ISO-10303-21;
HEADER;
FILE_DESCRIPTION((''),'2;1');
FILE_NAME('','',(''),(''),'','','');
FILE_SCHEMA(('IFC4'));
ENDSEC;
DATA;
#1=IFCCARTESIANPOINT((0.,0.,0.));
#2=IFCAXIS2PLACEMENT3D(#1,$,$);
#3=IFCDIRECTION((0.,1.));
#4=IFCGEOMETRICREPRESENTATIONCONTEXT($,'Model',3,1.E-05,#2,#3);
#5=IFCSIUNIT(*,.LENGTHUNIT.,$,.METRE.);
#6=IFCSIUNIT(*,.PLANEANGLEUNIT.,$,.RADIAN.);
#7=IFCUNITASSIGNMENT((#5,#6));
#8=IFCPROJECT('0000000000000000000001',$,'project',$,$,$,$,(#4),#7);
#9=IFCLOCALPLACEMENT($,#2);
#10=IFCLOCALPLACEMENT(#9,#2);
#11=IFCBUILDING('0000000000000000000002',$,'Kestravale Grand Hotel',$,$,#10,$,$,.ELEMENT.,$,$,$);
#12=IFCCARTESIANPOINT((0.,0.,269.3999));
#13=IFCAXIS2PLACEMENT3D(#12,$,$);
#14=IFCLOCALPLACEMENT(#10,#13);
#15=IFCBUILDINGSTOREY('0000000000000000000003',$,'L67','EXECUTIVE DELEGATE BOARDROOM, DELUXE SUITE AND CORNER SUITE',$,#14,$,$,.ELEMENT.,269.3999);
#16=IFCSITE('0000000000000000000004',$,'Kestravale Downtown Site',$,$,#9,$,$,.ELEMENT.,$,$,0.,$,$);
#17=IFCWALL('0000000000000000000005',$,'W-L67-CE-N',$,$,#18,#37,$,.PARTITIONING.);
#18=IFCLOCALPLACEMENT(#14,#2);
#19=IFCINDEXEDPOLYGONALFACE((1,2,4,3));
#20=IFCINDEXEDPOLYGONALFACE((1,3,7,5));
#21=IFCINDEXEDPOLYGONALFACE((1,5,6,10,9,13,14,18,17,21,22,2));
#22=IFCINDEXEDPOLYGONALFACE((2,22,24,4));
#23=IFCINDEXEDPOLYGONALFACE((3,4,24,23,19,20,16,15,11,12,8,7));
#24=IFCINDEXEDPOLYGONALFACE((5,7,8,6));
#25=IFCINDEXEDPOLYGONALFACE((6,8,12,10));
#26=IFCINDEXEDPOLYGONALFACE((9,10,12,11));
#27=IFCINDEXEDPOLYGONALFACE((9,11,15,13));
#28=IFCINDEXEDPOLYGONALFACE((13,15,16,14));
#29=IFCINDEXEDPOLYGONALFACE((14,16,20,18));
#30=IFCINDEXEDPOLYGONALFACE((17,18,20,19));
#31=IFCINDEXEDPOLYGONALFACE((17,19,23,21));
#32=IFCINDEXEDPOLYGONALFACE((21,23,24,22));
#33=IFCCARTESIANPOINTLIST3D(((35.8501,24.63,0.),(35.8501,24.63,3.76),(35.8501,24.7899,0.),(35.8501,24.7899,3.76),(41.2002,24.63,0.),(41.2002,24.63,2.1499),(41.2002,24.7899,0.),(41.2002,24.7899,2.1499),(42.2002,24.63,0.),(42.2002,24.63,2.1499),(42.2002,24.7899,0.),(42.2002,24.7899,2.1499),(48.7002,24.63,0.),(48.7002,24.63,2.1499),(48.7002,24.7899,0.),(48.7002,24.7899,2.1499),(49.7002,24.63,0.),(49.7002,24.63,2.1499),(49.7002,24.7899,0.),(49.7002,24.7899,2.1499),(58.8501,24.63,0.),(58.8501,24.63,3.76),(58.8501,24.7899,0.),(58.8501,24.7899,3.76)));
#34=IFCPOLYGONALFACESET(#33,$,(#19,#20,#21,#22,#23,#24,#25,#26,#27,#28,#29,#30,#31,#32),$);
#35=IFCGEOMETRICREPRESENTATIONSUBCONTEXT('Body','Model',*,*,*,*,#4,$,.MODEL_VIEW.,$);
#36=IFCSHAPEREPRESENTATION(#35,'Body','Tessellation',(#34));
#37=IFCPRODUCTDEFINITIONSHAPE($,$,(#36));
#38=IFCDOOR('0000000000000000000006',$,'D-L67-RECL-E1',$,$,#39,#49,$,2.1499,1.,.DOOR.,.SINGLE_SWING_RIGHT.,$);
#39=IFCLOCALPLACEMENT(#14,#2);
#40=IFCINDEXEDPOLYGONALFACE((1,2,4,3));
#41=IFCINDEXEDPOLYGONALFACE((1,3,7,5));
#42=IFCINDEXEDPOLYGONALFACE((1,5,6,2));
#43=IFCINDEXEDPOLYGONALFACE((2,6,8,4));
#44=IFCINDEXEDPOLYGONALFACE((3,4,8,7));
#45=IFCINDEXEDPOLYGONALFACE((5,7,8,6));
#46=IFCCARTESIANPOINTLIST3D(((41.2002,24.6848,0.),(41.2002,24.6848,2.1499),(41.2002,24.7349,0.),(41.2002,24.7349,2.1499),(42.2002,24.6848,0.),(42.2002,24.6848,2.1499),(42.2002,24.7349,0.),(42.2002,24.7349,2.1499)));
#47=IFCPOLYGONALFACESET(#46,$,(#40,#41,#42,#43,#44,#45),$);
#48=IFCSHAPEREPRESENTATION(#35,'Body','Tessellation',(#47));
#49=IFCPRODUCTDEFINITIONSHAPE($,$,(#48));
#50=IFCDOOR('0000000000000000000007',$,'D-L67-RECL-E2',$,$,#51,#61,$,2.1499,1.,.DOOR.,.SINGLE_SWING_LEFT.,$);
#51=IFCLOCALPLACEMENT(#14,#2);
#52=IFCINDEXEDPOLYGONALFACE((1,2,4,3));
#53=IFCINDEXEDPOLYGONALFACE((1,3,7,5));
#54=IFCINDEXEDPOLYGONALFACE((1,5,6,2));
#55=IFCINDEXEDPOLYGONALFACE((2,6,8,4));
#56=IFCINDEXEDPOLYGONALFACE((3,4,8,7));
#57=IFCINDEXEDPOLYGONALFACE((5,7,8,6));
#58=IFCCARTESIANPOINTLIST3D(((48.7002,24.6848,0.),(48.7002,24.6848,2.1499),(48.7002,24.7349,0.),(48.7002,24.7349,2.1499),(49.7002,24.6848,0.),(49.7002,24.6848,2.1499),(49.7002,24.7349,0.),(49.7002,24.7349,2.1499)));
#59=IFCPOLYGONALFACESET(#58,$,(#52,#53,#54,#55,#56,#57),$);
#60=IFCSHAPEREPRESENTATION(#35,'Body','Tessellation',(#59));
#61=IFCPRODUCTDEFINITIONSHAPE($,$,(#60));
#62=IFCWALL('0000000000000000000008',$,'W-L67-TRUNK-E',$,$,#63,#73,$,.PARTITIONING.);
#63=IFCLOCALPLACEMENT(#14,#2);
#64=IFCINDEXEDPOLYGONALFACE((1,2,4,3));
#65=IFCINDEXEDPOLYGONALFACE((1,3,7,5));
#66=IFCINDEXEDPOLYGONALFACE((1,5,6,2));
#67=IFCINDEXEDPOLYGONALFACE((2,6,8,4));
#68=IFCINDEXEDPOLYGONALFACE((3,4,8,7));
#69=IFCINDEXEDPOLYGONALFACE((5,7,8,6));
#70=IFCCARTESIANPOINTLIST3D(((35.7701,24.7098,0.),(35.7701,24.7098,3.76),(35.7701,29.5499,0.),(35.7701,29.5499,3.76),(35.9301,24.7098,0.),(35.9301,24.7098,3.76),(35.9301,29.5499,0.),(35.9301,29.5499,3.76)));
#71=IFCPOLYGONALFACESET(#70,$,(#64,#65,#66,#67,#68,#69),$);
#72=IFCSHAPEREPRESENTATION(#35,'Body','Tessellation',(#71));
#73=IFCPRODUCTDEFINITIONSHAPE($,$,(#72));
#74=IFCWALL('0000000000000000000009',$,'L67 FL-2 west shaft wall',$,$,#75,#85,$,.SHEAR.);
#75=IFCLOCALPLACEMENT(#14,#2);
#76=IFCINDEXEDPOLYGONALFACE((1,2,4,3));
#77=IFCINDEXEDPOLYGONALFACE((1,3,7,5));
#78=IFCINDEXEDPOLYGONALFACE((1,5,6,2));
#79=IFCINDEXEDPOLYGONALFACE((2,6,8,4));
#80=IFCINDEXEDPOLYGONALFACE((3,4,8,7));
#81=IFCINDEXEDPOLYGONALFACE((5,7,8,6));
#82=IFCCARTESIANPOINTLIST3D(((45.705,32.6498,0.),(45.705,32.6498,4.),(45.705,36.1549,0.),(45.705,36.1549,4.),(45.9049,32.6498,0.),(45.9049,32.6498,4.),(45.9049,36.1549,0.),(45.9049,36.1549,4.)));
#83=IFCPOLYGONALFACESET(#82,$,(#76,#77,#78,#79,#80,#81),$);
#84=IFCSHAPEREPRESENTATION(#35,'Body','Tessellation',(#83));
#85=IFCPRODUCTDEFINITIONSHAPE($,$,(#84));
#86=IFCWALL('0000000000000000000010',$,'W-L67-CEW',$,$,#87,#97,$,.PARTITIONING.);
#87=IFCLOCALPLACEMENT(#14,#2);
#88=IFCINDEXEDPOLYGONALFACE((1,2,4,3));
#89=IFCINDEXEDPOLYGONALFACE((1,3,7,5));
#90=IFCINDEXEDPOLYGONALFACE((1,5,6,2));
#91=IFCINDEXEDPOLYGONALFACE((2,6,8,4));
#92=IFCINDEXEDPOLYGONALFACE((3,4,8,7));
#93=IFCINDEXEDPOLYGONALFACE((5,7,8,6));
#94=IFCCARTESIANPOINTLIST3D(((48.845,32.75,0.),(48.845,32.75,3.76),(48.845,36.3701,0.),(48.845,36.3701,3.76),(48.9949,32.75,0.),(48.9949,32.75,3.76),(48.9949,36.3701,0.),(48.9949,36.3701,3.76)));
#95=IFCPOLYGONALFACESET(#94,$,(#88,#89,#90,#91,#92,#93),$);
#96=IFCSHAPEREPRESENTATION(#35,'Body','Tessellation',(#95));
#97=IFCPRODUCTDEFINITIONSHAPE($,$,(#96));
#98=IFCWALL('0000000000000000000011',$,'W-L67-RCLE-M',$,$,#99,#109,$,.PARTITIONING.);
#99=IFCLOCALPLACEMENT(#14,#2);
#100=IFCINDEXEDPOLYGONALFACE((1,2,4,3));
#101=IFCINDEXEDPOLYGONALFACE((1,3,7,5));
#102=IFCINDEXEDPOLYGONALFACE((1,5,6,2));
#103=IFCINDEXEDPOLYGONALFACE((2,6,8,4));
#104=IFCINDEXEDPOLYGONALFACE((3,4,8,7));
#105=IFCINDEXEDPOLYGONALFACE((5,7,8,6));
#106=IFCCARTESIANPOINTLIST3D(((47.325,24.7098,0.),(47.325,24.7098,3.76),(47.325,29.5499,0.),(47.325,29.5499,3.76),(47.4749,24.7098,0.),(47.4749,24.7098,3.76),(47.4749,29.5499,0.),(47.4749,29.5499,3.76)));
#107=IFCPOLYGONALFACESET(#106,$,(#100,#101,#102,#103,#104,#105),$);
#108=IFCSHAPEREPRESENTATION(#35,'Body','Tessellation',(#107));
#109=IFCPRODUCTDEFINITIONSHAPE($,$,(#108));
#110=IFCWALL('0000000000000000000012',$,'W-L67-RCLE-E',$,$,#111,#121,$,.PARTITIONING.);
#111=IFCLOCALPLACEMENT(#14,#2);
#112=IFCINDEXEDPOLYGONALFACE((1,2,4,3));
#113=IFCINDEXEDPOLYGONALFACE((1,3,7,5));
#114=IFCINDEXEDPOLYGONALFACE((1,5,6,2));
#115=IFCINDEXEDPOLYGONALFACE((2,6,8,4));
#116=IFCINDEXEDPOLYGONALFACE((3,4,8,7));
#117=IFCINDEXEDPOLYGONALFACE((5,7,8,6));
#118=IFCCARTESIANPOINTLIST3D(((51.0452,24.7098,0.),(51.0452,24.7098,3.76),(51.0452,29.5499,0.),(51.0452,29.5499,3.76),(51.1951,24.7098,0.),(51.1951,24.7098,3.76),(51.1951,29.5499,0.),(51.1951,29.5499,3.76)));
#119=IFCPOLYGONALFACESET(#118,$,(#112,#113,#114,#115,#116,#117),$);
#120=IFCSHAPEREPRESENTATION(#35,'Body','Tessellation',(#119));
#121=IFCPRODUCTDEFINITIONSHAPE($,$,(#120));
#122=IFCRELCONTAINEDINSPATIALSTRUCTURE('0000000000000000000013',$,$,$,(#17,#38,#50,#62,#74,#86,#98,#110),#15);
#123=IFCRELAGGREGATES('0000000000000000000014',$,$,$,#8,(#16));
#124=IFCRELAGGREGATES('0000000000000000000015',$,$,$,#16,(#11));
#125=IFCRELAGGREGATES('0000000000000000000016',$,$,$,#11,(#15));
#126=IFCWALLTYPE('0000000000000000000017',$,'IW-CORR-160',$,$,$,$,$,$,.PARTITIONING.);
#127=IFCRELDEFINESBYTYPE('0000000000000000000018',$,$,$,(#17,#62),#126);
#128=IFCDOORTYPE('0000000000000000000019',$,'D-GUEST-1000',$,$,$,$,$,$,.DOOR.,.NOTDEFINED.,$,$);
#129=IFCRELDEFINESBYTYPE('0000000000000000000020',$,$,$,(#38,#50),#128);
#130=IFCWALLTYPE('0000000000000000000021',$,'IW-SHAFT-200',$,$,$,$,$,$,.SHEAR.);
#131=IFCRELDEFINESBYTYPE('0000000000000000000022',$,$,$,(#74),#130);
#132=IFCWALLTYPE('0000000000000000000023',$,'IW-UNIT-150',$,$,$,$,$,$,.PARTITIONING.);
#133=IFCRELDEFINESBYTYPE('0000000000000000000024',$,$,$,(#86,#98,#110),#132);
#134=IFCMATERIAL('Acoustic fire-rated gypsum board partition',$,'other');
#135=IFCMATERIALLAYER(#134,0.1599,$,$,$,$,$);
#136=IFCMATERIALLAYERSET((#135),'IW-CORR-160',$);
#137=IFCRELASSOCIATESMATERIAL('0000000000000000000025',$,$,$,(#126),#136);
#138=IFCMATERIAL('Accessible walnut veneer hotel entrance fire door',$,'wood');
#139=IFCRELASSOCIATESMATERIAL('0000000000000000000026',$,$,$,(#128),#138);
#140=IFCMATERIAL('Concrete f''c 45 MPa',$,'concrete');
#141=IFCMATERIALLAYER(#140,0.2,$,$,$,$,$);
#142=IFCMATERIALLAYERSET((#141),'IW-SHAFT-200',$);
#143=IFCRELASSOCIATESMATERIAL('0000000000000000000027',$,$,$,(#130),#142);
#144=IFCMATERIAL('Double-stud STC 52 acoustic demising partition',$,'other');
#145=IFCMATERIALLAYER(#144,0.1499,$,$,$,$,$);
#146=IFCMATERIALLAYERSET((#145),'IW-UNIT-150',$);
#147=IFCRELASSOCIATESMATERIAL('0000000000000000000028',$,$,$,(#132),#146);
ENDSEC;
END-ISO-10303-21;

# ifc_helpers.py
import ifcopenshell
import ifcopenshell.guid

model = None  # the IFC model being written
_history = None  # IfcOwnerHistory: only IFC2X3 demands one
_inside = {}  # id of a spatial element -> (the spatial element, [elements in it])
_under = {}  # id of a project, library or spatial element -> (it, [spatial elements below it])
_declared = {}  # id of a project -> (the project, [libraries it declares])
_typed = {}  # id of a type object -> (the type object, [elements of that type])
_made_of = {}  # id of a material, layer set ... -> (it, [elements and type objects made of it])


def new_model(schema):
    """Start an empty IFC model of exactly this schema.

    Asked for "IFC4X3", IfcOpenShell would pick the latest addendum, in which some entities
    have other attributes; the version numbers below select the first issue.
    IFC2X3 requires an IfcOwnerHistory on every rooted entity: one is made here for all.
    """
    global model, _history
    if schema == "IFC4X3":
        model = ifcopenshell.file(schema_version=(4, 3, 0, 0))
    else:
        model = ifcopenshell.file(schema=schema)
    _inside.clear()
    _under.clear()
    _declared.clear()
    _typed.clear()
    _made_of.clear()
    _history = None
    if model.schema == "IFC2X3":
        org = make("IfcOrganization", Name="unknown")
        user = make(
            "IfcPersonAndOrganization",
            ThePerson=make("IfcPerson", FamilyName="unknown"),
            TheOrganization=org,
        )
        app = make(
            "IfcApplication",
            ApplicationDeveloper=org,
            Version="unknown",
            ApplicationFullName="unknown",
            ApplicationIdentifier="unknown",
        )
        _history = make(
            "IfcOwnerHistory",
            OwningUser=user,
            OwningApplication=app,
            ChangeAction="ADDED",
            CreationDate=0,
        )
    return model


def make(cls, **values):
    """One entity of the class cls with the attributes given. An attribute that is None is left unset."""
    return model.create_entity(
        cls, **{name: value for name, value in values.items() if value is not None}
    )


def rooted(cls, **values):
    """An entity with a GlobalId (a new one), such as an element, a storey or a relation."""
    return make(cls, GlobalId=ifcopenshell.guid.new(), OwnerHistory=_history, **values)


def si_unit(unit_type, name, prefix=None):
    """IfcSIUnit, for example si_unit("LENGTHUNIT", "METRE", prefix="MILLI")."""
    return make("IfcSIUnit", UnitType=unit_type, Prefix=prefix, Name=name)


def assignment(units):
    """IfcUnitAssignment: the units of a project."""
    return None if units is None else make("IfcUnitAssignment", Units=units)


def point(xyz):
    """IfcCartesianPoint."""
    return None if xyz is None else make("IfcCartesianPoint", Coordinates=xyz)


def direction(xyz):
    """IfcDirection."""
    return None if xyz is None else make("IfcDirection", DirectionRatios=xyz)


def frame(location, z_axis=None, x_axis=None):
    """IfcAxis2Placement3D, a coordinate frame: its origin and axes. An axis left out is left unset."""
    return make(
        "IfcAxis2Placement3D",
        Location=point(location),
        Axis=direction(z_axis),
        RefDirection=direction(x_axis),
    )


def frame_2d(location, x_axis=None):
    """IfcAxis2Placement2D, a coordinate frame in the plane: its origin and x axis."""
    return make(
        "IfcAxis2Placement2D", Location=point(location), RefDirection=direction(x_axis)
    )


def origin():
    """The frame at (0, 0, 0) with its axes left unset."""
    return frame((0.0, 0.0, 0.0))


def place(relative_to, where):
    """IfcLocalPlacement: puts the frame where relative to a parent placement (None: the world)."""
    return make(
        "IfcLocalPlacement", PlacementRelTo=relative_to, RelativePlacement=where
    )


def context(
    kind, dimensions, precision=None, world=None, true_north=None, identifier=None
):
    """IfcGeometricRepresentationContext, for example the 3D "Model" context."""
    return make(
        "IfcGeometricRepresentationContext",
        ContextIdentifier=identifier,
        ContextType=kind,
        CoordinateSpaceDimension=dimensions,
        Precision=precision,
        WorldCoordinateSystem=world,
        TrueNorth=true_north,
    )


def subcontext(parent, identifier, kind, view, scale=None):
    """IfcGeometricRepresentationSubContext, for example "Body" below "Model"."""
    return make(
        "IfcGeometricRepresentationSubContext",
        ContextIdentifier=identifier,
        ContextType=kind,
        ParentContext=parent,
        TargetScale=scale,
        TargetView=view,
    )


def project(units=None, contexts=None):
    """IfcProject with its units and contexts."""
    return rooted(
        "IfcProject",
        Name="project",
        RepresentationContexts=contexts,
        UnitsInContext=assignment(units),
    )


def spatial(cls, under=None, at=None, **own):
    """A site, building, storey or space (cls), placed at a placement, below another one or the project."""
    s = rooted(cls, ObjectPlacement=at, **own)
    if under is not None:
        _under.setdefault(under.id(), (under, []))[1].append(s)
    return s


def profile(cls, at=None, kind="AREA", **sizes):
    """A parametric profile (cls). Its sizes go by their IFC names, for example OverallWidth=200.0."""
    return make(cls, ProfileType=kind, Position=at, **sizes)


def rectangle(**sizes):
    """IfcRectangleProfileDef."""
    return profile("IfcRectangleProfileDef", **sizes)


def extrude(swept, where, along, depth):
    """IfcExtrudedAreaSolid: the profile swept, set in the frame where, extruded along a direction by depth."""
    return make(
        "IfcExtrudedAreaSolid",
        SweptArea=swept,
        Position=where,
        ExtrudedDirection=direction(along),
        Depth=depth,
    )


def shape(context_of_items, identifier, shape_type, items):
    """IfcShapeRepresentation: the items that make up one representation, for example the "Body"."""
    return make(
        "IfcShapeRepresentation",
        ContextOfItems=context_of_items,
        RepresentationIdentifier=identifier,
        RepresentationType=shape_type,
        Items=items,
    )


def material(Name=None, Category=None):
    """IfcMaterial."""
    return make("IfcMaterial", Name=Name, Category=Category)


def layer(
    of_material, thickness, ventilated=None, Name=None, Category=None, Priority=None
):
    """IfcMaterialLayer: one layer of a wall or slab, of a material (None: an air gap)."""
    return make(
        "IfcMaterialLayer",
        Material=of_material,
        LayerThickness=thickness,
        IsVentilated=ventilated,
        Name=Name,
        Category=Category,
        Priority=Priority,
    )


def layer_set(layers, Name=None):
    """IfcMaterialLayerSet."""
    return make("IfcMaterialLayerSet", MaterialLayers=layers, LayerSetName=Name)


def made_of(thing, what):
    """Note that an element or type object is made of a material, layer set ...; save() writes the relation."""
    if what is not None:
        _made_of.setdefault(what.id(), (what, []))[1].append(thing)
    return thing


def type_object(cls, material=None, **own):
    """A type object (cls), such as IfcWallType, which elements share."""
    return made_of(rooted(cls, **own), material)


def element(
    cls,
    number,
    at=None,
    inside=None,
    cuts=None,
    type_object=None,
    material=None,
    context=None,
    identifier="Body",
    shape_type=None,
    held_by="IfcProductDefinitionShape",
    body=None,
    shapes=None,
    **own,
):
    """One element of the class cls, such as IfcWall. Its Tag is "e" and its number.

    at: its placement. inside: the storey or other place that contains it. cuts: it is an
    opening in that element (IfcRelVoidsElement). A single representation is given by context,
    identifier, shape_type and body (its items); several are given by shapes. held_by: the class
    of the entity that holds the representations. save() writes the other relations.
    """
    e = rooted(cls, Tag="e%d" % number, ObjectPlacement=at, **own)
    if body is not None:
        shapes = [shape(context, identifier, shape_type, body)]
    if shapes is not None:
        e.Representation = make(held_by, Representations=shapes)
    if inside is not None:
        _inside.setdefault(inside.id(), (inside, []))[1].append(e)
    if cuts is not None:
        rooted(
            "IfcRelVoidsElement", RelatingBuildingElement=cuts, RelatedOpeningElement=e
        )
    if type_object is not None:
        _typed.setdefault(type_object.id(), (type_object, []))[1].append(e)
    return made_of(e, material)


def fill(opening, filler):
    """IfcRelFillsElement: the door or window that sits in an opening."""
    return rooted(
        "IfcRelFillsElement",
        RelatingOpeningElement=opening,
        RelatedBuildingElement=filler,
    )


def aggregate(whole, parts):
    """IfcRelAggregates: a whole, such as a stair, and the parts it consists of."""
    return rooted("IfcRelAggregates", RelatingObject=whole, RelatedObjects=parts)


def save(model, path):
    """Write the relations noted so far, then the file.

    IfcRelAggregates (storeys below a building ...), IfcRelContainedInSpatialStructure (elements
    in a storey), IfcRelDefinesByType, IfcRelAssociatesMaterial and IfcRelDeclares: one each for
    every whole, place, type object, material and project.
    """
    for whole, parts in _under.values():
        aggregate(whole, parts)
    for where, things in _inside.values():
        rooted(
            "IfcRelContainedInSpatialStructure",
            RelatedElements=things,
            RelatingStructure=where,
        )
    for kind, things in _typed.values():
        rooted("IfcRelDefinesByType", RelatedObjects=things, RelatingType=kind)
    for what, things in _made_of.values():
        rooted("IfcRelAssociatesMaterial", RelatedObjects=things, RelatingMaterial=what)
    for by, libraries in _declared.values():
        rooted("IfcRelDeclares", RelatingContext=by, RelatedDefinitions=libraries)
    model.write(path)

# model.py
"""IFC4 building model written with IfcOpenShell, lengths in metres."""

from ifc_helpers import new_model, si_unit, direction, frame, frame_2d, origin, place, context, subcontext, project, spatial, rectangle, extrude, material, layer, layer_set, type_object, element, fill, save


model = new_model("IFC4")

# Units and contexts
model_context = context("Model", 3, precision=1e-05, world=origin(), true_north=direction((0.0, 1.0)))
body_context = subcontext(model_context, "Body", "Model", "MODEL_VIEW")
ifc_project = project(units=[si_unit("LENGTHUNIT", "METRE"), si_unit("PLANEANGLEUNIT", "RADIAN")], contexts=[model_context])

# Site, building, storey
site_placement = place(None, origin())
site = spatial("IfcSite", under=ifc_project, at=site_placement, Name="Kestravale Downtown Site", CompositionType="ELEMENT", RefElevation=0.0)
building_placement = place(site_placement, origin())
building = spatial("IfcBuilding", under=site, at=building_placement, Name="Kestravale Grand Hotel", CompositionType="ELEMENT")
storey_placement = place(building_placement, frame((0.0, 0.0, 269.3999)))
storey = spatial("IfcBuildingStorey", under=building, at=storey_placement, Name="L67", Description="EXECUTIVE DELEGATE BOARDROOM, DELUXE SUITE AND CORNER SUITE", CompositionType="ELEMENT", Elevation=269.3999)

# Shared definitions
ifc_material_1 = material(Name="Acoustic fire-rated gypsum board partition", Category="other")
ifc_layer_1 = layer(ifc_material_1, 0.1599)
ifc_layer_set_1 = layer_set([ifc_layer_1], Name="IW-CORR-160")
wall_type_1 = type_object("IfcWallType", Name="IW-CORR-160", PredefinedType="PARTITIONING", material=ifc_layer_set_1)

# Wall, openings, doors
wall_1_placement = place(storey_placement, frame((35.8501, 24.71, 0.0), z_axis=(0.0, 0.0, 1.0), x_axis=(1.0, 0.0, 0.0)))
wall_1 = element("IfcWall", 1, at=wall_1_placement, inside=storey, type_object=wall_type_1, Name="W-L67-CE-N", PredefinedType="PARTITIONING", context=body_context, shape_type="SweptSolid", body=[
    extrude(rectangle(XDim=23.0, YDim=0.1599, at=frame_2d((11.5, 0.0))), origin(), (0.0, 0.0, 1.0), 3.76),
])
opening_1_placement = place(wall_1_placement, frame((5.3501, 0.0, 0.0)))
opening_1 = element("IfcOpeningElement", 2, at=opening_1_placement, cuts=wall_1, PredefinedType="OPENING", context=body_context, shape_type="SweptSolid", body=[
    extrude(rectangle(XDim=1.0, YDim=2.1499, at=frame_2d((0.5, 1.075))), frame((0.0, 0.0898, 0.0), z_axis=(0.0, -1.0, 0.0), x_axis=(1.0, 0.0, 0.0)), (0.0, 0.0, 1.0), 0.1799),
])
opening_2_placement = place(wall_1_placement, frame((12.8501, 0.0, 0.0)))
opening_2 = element("IfcOpeningElement", 3, at=opening_2_placement, cuts=wall_1, PredefinedType="OPENING", context=body_context, shape_type="SweptSolid", body=[
    extrude(rectangle(XDim=1.0, YDim=2.1499, at=frame_2d((0.5, 1.075))), frame((0.0, 0.0898, 0.0), z_axis=(0.0, -1.0, 0.0), x_axis=(1.0, 0.0, 0.0)), (0.0, 0.0, 1.0), 0.1799),
])
ifc_material_2 = material(Name="Accessible walnut veneer hotel entrance fire door", Category="wood")
door_type_1 = type_object("IfcDoorType", Name="D-GUEST-1000", OperationType="NOTDEFINED", PredefinedType="DOOR", material=ifc_material_2)
door_1_placement = place(opening_1_placement, origin())
door_1 = element("IfcDoor", 4, at=door_1_placement, inside=storey, type_object=door_type_1, Name="D-L67-RECL-E1", OperationType="SINGLE_SWING_RIGHT", OverallHeight=2.1499, OverallWidth=1.0, PredefinedType="DOOR", context=body_context, shape_type="SweptSolid", body=[
    extrude(rectangle(XDim=1.0, YDim=2.1499, at=frame_2d((0.5, 1.075))), frame((0.0, 0.0249, 0.0), z_axis=(0.0, -1.0, 0.0), x_axis=(1.0, 0.0, 0.0)), (0.0, 0.0, 1.0), 0.05),
])
fill(opening_1, door_1)
door_2_placement = place(opening_2_placement, origin())
door_2 = element("IfcDoor", 5, at=door_2_placement, inside=storey, type_object=door_type_1, Name="D-L67-RECL-E2", OperationType="SINGLE_SWING_LEFT", OverallHeight=2.1499, OverallWidth=1.0, PredefinedType="DOOR", context=body_context, shape_type="SweptSolid", body=[
    extrude(rectangle(XDim=1.0, YDim=2.1499, at=frame_2d((0.5, 1.075))), frame((0.0, 0.0249, 0.0), z_axis=(0.0, -1.0, 0.0), x_axis=(1.0, 0.0, 0.0)), (0.0, 0.0, 1.0), 0.05),
])
fill(opening_2, door_2)

# Walls
wall_2_placement = place(storey_placement, frame((35.8501, 24.71, 0.0), z_axis=(0.0, 0.0, 1.0), x_axis=(0.0, 1.0, 0.0)))
element("IfcWall", 6, at=wall_2_placement, inside=storey, type_object=wall_type_1, Name="W-L67-TRUNK-E", PredefinedType="PARTITIONING", context=body_context, shape_type="SweptSolid", body=[
    extrude(rectangle(XDim=4.8401, YDim=0.1599, at=frame_2d((2.4199, 0.0))), origin(), (0.0, 0.0, 1.0), 3.76),
])
ifc_material_3 = material(Name="Concrete f'c 45 MPa", Category="concrete")
ifc_layer_2 = layer(ifc_material_3, 0.2)
ifc_layer_set_2 = layer_set([ifc_layer_2], Name="IW-SHAFT-200")
wall_type_2 = type_object("IfcWallType", Name="IW-SHAFT-200", PredefinedType="SHEAR", material=ifc_layer_set_2)
wall_3_placement = place(storey_placement, frame((45.8049, 32.6499, 0.0), z_axis=(0.0, 0.0, 1.0), x_axis=(0.0, 1.0, 0.0)))
element("IfcWall", 7, at=wall_3_placement, inside=storey, type_object=wall_type_2, Name="L67 FL-2 west shaft wall", PredefinedType="SHEAR", context=body_context, shape_type="SweptSolid", body=[
    extrude(rectangle(XDim=3.5051, YDim=0.2, at=frame_2d((1.7524, 0.0))), origin(), (0.0, 0.0, 1.0), 4.0),
])
ifc_material_4 = material(Name="Double-stud STC 52 acoustic demising partition", Category="other")
ifc_layer_3 = layer(ifc_material_4, 0.1499)
ifc_layer_set_3 = layer_set([ifc_layer_3], Name="IW-UNIT-150")
wall_type_3 = type_object("IfcWallType", Name="IW-UNIT-150", PredefinedType="PARTITIONING", material=ifc_layer_set_3)
wall_4_placement = place(storey_placement, frame((48.9199, 32.75, 0.0), z_axis=(0.0, 0.0, 1.0), x_axis=(0.0, 1.0, 0.0)))
element("IfcWall", 8, at=wall_4_placement, inside=storey, type_object=wall_type_3, Name="W-L67-CEW", PredefinedType="PARTITIONING", context=body_context, shape_type="SweptSolid", body=[
    extrude(rectangle(XDim=3.6201, YDim=0.1499, at=frame_2d((1.8101, 0.0))), origin(), (0.0, 0.0, 1.0), 3.76),
])
for number, where, z_axis, x_axis, name in (
    (9, (47.3999, 24.71, 0.0), (0.0, 0.0, 1.0), (0.0, 1.0, 0.0), "W-L67-RCLE-M"),
    (10, (51.1201, 24.71, 0.0), (0.0, 0.0, 1.0), (0.0, 1.0, 0.0), "W-L67-RCLE-E"),
):
    element("IfcWall", number, at=place(storey_placement, frame(where, z_axis=z_axis, x_axis=x_axis)), inside=storey, type_object=wall_type_3, Name=name, PredefinedType="PARTITIONING", context=body_context, shape_type="SweptSolid", body=[
        extrude(rectangle(XDim=4.8401, YDim=0.1499, at=frame_2d((2.4199, 0.0))), origin(), (0.0, 0.0, 1.0), 3.76),
    ])

save(model, "model.ifc")
